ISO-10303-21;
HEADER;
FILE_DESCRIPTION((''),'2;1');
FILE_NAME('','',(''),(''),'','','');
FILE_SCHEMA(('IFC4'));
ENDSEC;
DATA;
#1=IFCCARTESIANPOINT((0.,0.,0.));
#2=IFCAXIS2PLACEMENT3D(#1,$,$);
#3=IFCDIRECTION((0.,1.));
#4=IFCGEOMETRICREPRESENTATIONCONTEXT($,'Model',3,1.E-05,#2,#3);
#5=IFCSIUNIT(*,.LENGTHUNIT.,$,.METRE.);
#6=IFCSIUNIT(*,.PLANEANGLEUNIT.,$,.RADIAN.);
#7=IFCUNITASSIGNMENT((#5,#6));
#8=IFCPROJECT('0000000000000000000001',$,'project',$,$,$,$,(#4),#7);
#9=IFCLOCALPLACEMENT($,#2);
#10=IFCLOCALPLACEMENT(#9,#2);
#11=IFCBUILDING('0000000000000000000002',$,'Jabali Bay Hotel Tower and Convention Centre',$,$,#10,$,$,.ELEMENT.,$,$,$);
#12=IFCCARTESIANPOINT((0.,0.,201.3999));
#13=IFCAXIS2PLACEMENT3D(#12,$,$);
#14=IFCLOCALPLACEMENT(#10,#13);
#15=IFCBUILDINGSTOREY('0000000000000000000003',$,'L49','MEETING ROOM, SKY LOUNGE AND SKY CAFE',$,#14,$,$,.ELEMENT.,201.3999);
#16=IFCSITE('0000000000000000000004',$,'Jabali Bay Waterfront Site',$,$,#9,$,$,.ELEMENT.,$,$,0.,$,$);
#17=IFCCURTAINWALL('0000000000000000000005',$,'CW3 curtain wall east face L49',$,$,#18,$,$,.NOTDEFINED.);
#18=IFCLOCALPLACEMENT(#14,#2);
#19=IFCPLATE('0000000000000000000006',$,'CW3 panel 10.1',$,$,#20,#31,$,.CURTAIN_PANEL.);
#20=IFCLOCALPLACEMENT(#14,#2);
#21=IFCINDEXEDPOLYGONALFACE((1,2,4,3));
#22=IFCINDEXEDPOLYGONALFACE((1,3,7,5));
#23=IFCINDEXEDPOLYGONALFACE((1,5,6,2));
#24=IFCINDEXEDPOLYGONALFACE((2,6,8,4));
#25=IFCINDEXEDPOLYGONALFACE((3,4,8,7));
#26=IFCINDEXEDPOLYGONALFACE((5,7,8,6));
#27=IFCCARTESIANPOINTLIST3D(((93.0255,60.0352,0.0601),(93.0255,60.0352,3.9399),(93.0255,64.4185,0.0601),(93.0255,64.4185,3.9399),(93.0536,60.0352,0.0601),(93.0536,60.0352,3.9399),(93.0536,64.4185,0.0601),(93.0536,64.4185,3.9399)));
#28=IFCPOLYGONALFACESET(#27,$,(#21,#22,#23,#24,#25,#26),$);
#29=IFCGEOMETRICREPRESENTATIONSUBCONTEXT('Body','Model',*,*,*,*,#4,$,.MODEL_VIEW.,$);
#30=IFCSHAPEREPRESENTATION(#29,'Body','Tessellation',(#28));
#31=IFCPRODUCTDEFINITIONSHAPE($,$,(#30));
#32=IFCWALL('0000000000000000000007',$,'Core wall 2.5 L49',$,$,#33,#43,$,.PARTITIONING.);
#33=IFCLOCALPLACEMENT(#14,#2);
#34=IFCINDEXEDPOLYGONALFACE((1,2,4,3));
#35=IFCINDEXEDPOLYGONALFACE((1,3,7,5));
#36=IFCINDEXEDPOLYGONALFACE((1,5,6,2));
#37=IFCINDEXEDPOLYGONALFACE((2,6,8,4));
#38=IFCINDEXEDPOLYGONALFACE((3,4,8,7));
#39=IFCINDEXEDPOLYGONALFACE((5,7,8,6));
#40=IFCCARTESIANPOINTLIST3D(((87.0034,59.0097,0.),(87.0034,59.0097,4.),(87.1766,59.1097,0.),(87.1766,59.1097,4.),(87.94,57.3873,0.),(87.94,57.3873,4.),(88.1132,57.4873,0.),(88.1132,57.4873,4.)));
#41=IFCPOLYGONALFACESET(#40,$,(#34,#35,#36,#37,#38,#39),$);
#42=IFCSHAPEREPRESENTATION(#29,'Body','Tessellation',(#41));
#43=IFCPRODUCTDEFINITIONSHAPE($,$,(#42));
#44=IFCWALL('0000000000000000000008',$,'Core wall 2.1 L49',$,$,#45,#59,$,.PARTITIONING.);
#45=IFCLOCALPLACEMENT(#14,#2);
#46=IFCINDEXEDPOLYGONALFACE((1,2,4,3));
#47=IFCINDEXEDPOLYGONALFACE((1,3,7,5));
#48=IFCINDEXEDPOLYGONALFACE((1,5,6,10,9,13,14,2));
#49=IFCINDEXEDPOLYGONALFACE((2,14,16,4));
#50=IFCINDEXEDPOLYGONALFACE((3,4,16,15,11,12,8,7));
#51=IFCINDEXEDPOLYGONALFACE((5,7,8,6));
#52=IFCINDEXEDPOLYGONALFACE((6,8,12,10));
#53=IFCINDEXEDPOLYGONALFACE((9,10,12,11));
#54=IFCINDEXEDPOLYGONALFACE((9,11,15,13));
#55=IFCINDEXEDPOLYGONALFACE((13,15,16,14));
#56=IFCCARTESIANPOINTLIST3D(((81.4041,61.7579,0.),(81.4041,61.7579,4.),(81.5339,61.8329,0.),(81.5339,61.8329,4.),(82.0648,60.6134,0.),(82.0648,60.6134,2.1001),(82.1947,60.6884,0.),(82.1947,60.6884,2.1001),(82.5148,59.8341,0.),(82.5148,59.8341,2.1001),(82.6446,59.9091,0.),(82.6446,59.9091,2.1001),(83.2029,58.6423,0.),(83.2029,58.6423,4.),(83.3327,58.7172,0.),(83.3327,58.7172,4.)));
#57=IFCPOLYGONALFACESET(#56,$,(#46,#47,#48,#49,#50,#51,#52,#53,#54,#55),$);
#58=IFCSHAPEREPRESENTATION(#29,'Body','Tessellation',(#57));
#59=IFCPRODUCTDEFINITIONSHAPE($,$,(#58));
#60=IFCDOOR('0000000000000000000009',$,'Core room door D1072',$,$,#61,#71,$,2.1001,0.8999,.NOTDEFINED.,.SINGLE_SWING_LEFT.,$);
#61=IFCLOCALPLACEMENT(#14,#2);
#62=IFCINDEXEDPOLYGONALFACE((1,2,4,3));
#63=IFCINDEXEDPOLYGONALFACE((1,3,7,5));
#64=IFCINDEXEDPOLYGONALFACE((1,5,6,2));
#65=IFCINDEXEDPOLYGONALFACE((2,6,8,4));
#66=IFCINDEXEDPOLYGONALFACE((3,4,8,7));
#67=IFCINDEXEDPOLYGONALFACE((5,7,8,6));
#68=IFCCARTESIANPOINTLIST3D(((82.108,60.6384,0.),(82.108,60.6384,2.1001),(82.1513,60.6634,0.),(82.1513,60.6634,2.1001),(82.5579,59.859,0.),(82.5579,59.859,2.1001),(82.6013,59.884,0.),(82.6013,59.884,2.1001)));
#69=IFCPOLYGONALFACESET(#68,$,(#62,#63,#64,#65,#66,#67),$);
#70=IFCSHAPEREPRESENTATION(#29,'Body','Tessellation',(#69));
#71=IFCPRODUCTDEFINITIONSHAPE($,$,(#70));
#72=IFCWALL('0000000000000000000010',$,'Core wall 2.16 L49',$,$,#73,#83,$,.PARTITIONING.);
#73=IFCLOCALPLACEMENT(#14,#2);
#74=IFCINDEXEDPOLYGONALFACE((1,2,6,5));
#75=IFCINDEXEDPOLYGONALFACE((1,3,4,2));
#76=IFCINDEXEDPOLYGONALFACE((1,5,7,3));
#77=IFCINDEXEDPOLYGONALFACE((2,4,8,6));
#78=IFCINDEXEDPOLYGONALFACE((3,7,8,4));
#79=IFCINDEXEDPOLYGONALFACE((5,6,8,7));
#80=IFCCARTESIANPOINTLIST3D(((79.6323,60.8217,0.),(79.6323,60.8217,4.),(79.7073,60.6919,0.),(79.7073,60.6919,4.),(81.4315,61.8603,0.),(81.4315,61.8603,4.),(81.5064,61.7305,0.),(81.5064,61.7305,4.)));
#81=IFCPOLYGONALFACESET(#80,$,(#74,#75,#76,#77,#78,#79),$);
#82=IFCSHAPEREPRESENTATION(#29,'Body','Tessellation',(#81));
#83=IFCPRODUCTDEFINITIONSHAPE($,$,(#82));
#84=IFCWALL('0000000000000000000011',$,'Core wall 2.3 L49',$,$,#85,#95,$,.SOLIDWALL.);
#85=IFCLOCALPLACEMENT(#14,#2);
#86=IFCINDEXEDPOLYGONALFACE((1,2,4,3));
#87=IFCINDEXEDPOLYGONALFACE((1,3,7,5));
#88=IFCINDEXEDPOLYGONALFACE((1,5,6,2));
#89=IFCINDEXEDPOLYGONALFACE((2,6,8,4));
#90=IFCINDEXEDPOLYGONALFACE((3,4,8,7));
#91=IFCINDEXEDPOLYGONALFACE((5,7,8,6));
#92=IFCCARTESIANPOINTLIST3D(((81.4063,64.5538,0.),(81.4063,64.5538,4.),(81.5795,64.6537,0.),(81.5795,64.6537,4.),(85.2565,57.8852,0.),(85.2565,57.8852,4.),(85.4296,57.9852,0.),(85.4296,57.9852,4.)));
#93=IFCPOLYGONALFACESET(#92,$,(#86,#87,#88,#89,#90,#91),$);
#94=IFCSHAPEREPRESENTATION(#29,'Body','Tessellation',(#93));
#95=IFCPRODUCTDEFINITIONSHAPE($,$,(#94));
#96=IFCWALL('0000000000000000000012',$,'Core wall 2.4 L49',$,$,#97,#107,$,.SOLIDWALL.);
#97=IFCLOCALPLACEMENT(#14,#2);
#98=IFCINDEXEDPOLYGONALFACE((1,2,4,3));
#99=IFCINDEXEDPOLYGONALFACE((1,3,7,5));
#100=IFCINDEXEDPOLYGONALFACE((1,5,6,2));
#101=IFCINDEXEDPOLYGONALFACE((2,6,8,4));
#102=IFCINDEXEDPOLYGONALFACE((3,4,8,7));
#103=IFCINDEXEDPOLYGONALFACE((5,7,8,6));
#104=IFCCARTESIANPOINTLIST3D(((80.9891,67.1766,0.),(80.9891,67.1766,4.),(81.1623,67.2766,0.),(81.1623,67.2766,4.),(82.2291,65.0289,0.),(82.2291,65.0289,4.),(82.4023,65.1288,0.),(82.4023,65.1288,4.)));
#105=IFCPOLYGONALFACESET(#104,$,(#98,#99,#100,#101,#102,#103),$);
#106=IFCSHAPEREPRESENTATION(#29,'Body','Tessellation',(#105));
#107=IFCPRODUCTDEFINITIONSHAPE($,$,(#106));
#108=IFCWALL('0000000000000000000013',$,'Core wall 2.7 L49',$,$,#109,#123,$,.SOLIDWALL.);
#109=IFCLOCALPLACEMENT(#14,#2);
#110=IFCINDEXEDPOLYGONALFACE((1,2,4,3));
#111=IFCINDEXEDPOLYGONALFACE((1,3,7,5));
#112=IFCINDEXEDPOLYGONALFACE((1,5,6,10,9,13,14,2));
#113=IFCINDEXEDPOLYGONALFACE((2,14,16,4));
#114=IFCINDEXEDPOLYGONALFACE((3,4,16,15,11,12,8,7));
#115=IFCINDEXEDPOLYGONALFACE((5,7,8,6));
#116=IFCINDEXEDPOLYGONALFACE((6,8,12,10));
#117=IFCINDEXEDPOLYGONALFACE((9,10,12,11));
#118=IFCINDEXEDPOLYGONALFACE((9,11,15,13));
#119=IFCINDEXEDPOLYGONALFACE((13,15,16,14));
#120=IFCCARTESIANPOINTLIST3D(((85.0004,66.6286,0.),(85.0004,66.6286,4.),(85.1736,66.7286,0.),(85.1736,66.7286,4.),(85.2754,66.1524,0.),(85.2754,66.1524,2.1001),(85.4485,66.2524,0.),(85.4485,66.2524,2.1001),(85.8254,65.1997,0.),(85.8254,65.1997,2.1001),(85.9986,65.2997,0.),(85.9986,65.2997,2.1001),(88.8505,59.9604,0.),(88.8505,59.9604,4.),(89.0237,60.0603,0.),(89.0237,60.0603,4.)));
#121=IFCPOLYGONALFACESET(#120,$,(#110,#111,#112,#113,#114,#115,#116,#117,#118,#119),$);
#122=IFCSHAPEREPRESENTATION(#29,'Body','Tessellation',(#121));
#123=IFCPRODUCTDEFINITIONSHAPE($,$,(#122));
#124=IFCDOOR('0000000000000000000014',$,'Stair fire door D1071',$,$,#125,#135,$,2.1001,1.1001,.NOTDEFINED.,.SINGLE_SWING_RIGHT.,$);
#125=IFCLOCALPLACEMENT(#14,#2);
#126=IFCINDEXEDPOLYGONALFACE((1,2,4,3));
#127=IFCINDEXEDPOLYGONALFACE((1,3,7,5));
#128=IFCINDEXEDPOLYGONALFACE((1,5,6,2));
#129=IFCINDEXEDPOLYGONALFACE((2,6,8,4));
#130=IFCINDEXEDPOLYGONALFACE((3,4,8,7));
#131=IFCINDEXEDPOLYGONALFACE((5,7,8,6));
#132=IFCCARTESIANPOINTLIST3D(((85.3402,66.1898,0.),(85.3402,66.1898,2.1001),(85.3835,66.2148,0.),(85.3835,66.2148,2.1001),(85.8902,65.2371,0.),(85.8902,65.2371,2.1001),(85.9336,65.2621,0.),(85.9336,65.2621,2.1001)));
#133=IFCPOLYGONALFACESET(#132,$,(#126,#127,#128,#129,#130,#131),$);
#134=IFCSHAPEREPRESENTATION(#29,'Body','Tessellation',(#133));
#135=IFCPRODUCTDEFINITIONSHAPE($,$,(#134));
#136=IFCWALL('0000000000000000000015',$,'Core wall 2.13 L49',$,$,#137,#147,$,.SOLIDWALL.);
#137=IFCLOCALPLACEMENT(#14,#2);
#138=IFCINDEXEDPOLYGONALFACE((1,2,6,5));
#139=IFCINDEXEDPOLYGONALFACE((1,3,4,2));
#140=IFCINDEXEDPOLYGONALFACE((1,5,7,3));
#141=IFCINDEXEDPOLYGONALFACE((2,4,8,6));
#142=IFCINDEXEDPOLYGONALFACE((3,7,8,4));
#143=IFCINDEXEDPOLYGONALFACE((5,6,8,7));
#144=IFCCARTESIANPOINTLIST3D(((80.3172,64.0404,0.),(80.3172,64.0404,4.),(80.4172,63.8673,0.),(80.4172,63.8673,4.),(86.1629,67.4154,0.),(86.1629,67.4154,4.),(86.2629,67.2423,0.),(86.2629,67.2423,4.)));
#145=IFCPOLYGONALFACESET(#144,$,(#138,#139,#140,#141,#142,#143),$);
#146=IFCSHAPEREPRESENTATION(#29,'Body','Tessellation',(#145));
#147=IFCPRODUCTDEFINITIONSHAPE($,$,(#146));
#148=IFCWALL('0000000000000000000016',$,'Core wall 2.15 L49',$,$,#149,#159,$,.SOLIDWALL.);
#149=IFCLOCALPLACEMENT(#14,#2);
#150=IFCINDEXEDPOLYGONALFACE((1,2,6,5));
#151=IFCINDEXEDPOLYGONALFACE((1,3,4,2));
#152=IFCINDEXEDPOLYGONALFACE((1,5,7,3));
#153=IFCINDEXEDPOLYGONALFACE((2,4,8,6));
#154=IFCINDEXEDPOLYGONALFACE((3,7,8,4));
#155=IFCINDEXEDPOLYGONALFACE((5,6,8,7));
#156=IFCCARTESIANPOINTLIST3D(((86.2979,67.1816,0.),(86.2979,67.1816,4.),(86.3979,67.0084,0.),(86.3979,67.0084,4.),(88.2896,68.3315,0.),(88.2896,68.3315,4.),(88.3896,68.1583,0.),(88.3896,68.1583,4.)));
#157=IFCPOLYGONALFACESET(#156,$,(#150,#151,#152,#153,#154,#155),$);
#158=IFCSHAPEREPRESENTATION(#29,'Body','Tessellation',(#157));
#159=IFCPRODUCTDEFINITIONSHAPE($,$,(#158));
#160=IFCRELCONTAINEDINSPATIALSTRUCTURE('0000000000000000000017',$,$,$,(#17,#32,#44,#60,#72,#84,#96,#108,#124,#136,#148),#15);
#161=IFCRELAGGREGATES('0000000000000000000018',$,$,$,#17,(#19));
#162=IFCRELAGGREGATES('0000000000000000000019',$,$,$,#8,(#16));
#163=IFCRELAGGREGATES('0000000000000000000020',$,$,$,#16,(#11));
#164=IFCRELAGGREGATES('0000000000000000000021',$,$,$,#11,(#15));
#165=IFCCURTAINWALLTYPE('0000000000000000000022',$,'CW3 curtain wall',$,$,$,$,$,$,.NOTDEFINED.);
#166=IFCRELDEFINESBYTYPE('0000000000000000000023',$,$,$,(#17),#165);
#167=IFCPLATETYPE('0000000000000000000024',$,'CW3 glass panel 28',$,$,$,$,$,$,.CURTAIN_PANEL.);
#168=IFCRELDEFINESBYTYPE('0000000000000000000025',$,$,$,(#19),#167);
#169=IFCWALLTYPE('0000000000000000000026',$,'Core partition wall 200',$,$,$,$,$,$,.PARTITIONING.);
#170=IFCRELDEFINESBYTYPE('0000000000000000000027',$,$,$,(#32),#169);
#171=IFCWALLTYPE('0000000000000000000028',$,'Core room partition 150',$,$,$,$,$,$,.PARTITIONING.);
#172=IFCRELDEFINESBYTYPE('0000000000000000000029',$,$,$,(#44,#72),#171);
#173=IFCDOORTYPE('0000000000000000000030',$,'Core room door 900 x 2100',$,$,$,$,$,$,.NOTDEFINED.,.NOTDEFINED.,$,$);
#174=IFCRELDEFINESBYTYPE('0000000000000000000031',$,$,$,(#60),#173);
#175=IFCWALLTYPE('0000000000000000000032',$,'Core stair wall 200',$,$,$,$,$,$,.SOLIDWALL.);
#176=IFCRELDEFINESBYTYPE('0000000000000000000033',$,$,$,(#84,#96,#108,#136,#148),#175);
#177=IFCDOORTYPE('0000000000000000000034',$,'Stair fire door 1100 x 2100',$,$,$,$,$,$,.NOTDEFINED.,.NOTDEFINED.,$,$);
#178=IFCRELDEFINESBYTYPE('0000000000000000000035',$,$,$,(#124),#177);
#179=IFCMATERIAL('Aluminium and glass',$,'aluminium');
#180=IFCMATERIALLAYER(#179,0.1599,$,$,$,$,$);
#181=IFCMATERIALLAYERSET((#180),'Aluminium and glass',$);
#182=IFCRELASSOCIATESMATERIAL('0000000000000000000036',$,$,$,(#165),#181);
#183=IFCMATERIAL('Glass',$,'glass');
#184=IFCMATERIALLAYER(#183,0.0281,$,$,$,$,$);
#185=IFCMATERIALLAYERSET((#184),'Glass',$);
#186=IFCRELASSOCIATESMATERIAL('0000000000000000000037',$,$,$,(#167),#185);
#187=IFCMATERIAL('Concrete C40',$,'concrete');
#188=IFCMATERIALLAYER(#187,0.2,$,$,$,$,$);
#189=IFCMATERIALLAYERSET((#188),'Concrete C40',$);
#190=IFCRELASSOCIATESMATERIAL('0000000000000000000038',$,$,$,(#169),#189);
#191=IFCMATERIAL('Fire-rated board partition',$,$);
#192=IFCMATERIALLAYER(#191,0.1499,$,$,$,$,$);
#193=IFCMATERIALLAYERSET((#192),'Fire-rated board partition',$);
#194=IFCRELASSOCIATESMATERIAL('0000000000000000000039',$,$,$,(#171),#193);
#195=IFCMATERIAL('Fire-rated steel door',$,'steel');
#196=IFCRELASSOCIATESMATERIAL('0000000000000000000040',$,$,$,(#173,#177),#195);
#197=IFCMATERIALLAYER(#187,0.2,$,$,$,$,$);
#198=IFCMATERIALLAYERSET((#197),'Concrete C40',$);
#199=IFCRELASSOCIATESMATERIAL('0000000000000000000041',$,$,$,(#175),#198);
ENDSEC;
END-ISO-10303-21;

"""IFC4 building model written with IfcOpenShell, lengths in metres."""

from ifc_helpers import new_model, si_unit, direction, frame, frame_2d, origin, origin_2d, place, context, subcontext, project, spatial, rectangle, extrude, material, layer, layer_set, type_object, element, fill, aggregate, save


model = new_model("IFC4")

# Units and contexts
model_context = context("Model", 3, precision=1e-05, world=origin(), true_north=direction((0.0, 1.0)))
body_context = subcontext(model_context, "Body", "Model", "MODEL_VIEW")
ifc_project = project(units=[si_unit("LENGTHUNIT", "METRE"), si_unit("PLANEANGLEUNIT", "RADIAN")], contexts=[model_context])

# Site, building, storey
site_placement = place(None, origin())
site = spatial("IfcSite", under=ifc_project, at=site_placement, Name="Jabali Bay Waterfront Site", CompositionType="ELEMENT", RefElevation=0.0)
building_placement = place(site_placement, origin())
building = spatial("IfcBuilding", under=site, at=building_placement, Name="Jabali Bay Hotel Tower and Convention Centre", CompositionType="ELEMENT")
storey_placement = place(building_placement, frame((0.0, 0.0, 201.3999)))
storey = spatial("IfcBuildingStorey", under=building, at=storey_placement, Name="L49", Description="MEETING ROOM, SKY LOUNGE AND SKY CAFE", CompositionType="ELEMENT", Elevation=201.3999)

# Curtain wall, plate
ifc_material_1 = material(Name="Aluminium and glass", Category="aluminium")
ifc_layer_1 = layer(ifc_material_1, 0.1599)
ifc_layer_set_1 = layer_set([ifc_layer_1], Name="Aluminium and glass")
curtain_wall_type = type_object("IfcCurtainWallType", Name="CW3 curtain wall", PredefinedType="NOTDEFINED", material=ifc_layer_set_1)
curtain_wall_placement = place(storey_placement, origin())
curtain_wall = element("IfcCurtainWall", 1, at=curtain_wall_placement, inside=storey, type_object=curtain_wall_type, Name="CW3 curtain wall east face L49", PredefinedType="NOTDEFINED")
ifc_material_2 = material(Name="Glass", Category="glass")
ifc_layer_2 = layer(ifc_material_2, 0.0281)
ifc_layer_set_2 = layer_set([ifc_layer_2], Name="Glass")
plate_type = type_object("IfcPlateType", Name="CW3 glass panel 28", PredefinedType="CURTAIN_PANEL", material=ifc_layer_set_2)
plate_1_placement = place(storey_placement, frame((93.0396, 62.2268, 0.0601), z_axis=(0.0, 0.0, 1.0), x_axis=(0.0, -1.0, 0.0)))
plate_1 = element("IfcPlate", 2, at=plate_1_placement, type_object=plate_type, Name="CW3 panel 10.1", PredefinedType="CURTAIN_PANEL", context=body_context, shape_type="SweptSolid", body=[
    extrude(rectangle(XDim=4.3833, YDim=0.0281, at=origin_2d()), origin(), (0.0, 0.0, 1.0), 3.8799),
])
aggregate(curtain_wall, [plate_1])

# Wall
ifc_material_3 = material(Name="Concrete C40", Category="concrete")
ifc_layer_3 = layer(ifc_material_3, 0.2)
ifc_layer_set_3 = layer_set([ifc_layer_3], Name="Concrete C40")
wall_type_1 = type_object("IfcWallType", Name="Core partition wall 200", PredefinedType="PARTITIONING", material=ifc_layer_set_3)
wall_1_placement = place(storey_placement, frame((87.0901, 59.0596, 0.0), z_axis=(0.0, 0.0, 1.0), x_axis=(0.499952, -0.866053, 0.0)))
element("IfcWall", 3, at=wall_1_placement, inside=storey, type_object=wall_type_1, Name="Core wall 2.5 L49", PredefinedType="PARTITIONING", context=body_context, shape_type="SweptSolid", body=[
    extrude(rectangle(XDim=1.8733, YDim=0.2, at=frame_2d((0.9365, 0.0))), origin(), (0.0, 0.0, 1.0), 4.0),
])

# Wall, opening, door
ifc_material_4 = material(Name="Fire-rated board partition")
ifc_layer_4 = layer(ifc_material_4, 0.1499)
ifc_layer_set_4 = layer_set([ifc_layer_4], Name="Fire-rated board partition")
wall_type_2 = type_object("IfcWallType", Name="Core room partition 150", PredefinedType="PARTITIONING", material=ifc_layer_set_4)
wall_2_placement = place(storey_placement, frame((81.469, 61.7954, 0.0), z_axis=(0.0, 0.0, 1.0), x_axis=(0.499993, -0.86603, 0.0)))
wall_2 = element("IfcWall", 4, at=wall_2_placement, inside=storey, type_object=wall_type_2, Name="Core wall 2.1 L49", PredefinedType="PARTITIONING", context=body_context, shape_type="SweptSolid", body=[
    extrude(rectangle(XDim=3.5977, YDim=0.1499, at=frame_2d((1.7988, 0.0))), origin(), (0.0, 0.0, 1.0), 4.0),
])
opening_1_placement = place(wall_2_placement, frame((1.3215, 0.0, 0.0)))
opening_1 = element("IfcOpeningElement", 5, at=opening_1_placement, cuts=wall_2, PredefinedType="OPENING", context=body_context, shape_type="SweptSolid", body=[
    extrude(rectangle(XDim=0.8999, YDim=2.1001, at=frame_2d((0.45, 1.05))), frame((0.0, 0.0854, 0.0), z_axis=(0.0, -1.0, 0.0), x_axis=(1.0, 0.0, 0.0)), (0.0, 0.0, 1.0), 0.1709),
])
ifc_material_5 = material(Name="Fire-rated steel door", Category="steel")
door_type_1 = type_object("IfcDoorType", Name="Core room door 900 x 2100", OperationType="NOTDEFINED", PredefinedType="NOTDEFINED", material=ifc_material_5)
door_1_placement = place(opening_1_placement, origin())
door_1 = element("IfcDoor", 6, at=door_1_placement, inside=storey, type_object=door_type_1, Name="Core room door D1072", OperationType="SINGLE_SWING_LEFT", OverallHeight=2.1001, OverallWidth=0.8999, PredefinedType="NOTDEFINED", context=body_context, shape_type="SweptSolid", body=[
    extrude(rectangle(XDim=0.8999, YDim=2.1001, at=frame_2d((0.45, 1.05))), frame((0.0, 0.0249, 0.0), z_axis=(0.0, -1.0, 0.0), x_axis=(1.0, 0.0, 0.0)), (0.0, 0.0, 1.0), 0.05),
])
fill(opening_1, door_1)

# Walls
wall_3_placement = place(storey_placement, frame((79.6699, 60.7568, 0.0), z_axis=(0.0, 0.0, 1.0), x_axis=(0.866051, 0.499956, 0.0)))
element("IfcWall", 7, at=wall_3_placement, inside=storey, type_object=wall_type_2, Name="Core wall 2.16 L49", PredefinedType="PARTITIONING", context=body_context, shape_type="SweptSolid", body=[
    extrude(rectangle(XDim=2.0774, YDim=0.1499, at=frame_2d((1.0386, 0.0))), origin(), (0.0, 0.0, 1.0), 4.0),
])
ifc_layer_5 = layer(ifc_material_3, 0.2)
ifc_layer_set_5 = layer_set([ifc_layer_5], Name="Concrete C40")
wall_type_3 = type_object("IfcWallType", Name="Core stair wall 200", PredefinedType="SOLIDWALL", material=ifc_layer_set_5)
wall_4_placement = place(storey_placement, frame((81.4929, 64.6038, 0.0), z_axis=(0.0, 0.0, 1.0), x_axis=(0.500006, -0.866022, 0.0)))
element("IfcWall", 8, at=wall_4_placement, inside=storey, type_object=wall_type_3, Name="Core wall 2.3 L49", PredefinedType="SOLIDWALL", context=body_context, shape_type="SweptSolid", body=[
    extrude(rectangle(XDim=7.7002, YDim=0.2, at=frame_2d((3.8501, 0.0))), origin(), (0.0, 0.0, 1.0), 4.0),
])
wall_5_placement = place(storey_placement, frame((81.0757, 67.2266, 0.0), z_axis=(0.0, 0.0, 1.0), x_axis=(0.500004, -0.866023, 0.0)))
element("IfcWall", 9, at=wall_5_placement, inside=storey, type_object=wall_type_3, Name="Core wall 2.4 L49", PredefinedType="SOLIDWALL", context=body_context, shape_type="SweptSolid", body=[
    extrude(rectangle(XDim=2.48, YDim=0.2, at=frame_2d((1.24, 0.0))), origin(), (0.0, 0.0, 1.0), 4.0),
])

# Wall, opening, door
wall_6_placement = place(storey_placement, frame((85.0869, 66.6787, 0.0), z_axis=(0.0, 0.0, 1.0), x_axis=(0.50002, -0.866014, 0.0)))
wall_6 = element("IfcWall", 10, at=wall_6_placement, inside=storey, type_object=wall_type_3, Name="Core wall 2.7 L49", PredefinedType="SOLIDWALL", context=body_context, shape_type="SweptSolid", body=[
    extrude(rectangle(XDim=7.7, YDim=0.2, at=frame_2d((3.8501, 0.0))), origin(), (0.0, 0.0, 1.0), 4.0),
])
opening_2_placement = place(wall_6_placement, frame((0.55, 0.0, 0.0)))
opening_2 = element("IfcOpeningElement", 11, at=opening_2_placement, cuts=wall_6, PredefinedType="OPENING", context=body_context, shape_type="SweptSolid", body=[
    extrude(rectangle(XDim=1.1001, YDim=2.1001, at=frame_2d((0.55, 1.05))), frame((0.0, 0.1104, 0.0), z_axis=(0.0, -1.0, 0.0), x_axis=(1.0, 0.0, 0.0)), (0.0, 0.0, 1.0), 0.2209),
])
door_type_2 = type_object("IfcDoorType", Name="Stair fire door 1100 x 2100", OperationType="NOTDEFINED", PredefinedType="NOTDEFINED", material=ifc_material_5)
door_2_placement = place(opening_2_placement, origin())
door_2 = element("IfcDoor", 12, at=door_2_placement, inside=storey, type_object=door_type_2, Name="Stair fire door D1071", OperationType="SINGLE_SWING_RIGHT", OverallHeight=2.1001, OverallWidth=1.1001, PredefinedType="NOTDEFINED", context=body_context, shape_type="SweptSolid", body=[
    extrude(rectangle(XDim=1.1001, YDim=2.1001, at=frame_2d((0.55, 1.05))), frame((0.0, 0.0249, 0.0), z_axis=(0.0, -1.0, 0.0), x_axis=(1.0, 0.0, 0.0)), (0.0, 0.0, 1.0), 0.05),
])
fill(opening_2, door_2)

# Walls
wall_7_placement = place(storey_placement, frame((80.3672, 63.9539, 0.0), z_axis=(0.0, 0.0, 1.0), x_axis=(0.866027, 0.499998, 0.0)))
element("IfcWall", 13, at=wall_7_placement, inside=storey, type_object=wall_type_3, Name="Core wall 2.13 L49", PredefinedType="SOLIDWALL", context=body_context, shape_type="SweptSolid", body=[
    extrude(rectangle(XDim=6.75, YDim=0.2, at=frame_2d((3.375, 0.0))), origin(), (0.0, 0.0, 1.0), 4.0),
])
wall_8_placement = place(storey_placement, frame((86.3479, 67.095, 0.0), z_axis=(0.0, 0.0, 1.0), x_axis=(0.866026, 0.499998, 0.0)))
element("IfcWall", 14, at=wall_8_placement, inside=storey, type_object=wall_type_3, Name="Core wall 2.15 L49", PredefinedType="SOLIDWALL", context=body_context, shape_type="SweptSolid", body=[
    extrude(rectangle(XDim=2.2998, YDim=0.2, at=frame_2d((1.1499, 0.0))), origin(), (0.0, 0.0, 1.0), 4.0),
])

save(model, "model.ifc")
